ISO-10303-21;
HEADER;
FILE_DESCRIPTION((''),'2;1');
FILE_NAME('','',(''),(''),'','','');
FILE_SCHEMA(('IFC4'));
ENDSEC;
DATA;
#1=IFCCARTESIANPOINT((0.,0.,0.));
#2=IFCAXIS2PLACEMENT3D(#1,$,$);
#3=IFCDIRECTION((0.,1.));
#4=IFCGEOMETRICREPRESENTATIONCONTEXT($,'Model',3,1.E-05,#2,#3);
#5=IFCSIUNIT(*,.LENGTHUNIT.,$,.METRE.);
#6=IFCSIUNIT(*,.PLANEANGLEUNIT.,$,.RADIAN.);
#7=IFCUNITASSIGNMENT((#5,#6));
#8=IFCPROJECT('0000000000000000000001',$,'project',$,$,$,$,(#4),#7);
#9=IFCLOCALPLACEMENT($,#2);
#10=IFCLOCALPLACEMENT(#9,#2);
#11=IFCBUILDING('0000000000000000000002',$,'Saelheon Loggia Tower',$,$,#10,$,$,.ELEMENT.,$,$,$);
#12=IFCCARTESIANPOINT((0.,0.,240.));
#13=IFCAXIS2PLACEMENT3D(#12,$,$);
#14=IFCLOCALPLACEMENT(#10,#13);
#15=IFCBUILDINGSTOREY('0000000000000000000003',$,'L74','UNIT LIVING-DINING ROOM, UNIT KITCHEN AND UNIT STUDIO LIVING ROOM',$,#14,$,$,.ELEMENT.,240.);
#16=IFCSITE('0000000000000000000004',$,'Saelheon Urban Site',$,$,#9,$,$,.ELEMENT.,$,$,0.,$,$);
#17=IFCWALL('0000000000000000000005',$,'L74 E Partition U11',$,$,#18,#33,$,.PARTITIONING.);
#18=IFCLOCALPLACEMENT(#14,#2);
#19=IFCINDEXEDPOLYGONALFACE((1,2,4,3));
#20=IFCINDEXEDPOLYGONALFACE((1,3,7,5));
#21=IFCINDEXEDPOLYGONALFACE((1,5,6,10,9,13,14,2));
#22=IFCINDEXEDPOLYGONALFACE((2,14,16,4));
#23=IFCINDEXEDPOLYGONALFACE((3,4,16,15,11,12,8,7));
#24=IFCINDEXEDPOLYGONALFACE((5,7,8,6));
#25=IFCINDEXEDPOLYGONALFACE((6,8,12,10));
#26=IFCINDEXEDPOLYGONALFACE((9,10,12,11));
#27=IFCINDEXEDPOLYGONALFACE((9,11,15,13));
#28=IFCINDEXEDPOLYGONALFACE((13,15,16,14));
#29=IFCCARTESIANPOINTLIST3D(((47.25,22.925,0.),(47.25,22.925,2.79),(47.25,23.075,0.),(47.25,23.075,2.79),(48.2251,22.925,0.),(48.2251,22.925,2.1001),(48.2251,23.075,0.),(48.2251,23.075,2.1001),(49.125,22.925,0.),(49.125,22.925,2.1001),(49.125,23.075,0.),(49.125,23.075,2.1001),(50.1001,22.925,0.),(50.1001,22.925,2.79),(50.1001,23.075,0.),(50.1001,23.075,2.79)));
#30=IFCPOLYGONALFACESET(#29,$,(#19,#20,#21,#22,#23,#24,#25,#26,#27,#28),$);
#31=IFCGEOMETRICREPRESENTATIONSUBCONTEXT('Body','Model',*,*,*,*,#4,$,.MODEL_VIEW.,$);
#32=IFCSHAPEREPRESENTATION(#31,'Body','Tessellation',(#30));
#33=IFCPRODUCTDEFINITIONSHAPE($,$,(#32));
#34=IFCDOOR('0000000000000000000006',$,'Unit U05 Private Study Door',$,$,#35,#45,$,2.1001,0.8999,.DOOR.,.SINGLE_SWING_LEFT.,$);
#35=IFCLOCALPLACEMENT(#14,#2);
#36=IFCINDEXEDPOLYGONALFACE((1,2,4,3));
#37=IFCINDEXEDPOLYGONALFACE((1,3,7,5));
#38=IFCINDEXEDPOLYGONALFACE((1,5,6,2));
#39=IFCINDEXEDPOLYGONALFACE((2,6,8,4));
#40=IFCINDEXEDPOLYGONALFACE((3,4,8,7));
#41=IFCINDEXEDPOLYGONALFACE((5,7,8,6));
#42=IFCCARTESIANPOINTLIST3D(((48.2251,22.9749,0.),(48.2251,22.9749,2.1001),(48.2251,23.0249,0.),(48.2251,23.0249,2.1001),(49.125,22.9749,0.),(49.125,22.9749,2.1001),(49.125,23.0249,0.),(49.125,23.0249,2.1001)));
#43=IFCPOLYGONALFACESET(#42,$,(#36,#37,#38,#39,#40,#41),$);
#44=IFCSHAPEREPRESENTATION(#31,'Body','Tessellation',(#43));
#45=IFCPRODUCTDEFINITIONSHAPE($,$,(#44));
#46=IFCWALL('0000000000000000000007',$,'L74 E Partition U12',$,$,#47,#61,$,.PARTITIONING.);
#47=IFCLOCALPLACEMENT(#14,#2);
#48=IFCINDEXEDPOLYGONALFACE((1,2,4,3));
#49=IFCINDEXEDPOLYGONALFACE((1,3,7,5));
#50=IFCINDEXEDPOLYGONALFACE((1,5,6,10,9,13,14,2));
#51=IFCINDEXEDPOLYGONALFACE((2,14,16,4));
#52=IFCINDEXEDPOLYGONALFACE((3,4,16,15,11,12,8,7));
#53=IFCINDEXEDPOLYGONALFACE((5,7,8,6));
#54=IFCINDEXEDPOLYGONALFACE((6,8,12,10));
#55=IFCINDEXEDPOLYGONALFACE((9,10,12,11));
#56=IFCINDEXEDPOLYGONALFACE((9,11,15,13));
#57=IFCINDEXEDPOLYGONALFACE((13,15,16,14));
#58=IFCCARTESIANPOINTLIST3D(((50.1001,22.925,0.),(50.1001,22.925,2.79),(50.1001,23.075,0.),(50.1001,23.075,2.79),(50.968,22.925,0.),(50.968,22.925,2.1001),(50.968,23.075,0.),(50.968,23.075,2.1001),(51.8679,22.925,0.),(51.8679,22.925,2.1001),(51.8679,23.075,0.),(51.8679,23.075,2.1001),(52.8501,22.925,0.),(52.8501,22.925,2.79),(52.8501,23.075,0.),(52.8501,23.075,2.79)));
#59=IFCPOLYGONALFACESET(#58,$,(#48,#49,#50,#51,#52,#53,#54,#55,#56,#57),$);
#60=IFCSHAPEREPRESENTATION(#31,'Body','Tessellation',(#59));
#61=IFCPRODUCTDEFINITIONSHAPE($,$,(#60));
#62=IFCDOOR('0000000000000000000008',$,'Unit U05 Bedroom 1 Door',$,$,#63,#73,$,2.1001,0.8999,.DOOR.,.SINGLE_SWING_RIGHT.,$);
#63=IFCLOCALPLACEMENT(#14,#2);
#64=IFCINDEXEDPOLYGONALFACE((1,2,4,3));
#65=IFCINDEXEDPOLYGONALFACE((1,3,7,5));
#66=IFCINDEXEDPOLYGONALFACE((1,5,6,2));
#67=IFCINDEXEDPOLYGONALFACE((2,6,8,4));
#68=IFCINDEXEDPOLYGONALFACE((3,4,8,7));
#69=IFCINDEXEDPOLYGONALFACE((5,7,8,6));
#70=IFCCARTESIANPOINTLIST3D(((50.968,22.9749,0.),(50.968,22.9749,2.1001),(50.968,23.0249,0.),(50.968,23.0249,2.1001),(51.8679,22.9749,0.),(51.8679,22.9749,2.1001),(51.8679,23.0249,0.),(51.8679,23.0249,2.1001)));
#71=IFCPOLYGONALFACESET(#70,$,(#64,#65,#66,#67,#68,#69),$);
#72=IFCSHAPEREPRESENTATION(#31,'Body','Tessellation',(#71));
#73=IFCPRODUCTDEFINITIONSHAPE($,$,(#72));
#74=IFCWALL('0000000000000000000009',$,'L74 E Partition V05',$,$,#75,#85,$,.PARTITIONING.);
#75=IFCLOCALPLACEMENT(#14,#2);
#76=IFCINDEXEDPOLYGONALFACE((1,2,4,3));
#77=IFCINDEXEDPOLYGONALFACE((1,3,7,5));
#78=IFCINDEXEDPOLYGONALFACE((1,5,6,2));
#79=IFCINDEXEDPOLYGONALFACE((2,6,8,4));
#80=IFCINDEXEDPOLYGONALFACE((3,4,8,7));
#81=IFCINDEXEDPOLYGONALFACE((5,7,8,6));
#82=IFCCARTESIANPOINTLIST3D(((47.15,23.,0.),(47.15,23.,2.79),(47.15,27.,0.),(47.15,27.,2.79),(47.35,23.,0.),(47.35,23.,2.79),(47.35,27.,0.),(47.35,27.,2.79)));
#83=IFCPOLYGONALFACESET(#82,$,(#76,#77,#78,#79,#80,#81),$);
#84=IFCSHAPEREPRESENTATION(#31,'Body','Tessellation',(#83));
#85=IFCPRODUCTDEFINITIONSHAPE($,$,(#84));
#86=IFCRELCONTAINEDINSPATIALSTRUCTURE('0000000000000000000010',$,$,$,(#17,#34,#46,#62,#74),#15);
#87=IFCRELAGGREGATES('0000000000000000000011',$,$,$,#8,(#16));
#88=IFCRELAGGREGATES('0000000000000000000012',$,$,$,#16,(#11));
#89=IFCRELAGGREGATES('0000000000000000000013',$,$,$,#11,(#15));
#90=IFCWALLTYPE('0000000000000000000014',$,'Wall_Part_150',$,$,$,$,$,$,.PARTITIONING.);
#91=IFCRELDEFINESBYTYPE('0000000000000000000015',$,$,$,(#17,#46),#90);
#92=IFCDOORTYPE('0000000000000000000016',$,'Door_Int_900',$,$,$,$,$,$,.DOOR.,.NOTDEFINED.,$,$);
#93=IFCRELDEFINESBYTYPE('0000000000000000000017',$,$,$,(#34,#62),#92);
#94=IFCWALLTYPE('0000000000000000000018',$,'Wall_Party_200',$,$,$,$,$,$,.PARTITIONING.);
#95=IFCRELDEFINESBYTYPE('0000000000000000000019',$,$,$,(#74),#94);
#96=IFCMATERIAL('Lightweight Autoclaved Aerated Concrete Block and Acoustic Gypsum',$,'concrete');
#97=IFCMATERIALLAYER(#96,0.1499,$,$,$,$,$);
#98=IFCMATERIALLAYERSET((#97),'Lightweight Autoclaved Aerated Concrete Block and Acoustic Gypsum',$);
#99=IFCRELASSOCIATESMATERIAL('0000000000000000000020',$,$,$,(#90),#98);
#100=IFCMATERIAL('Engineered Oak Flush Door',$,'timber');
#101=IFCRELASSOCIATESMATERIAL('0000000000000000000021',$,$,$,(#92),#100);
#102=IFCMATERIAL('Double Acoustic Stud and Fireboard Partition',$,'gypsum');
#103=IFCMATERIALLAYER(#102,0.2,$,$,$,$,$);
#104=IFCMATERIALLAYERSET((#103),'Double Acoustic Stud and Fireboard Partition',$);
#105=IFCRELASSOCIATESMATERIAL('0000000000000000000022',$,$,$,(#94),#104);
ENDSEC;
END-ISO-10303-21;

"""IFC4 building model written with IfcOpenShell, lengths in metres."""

from ifc_helpers import new_model, si_unit, direction, frame, frame_2d, origin, place, context, subcontext, project, spatial, rectangle, extrude, source, transform, mapped, material, layer, layer_set, type_object, element, fill, save


model = new_model("IFC4")

# Units and contexts
model_context = context("Model", 3, precision=1e-05, world=origin(), true_north=direction((0.0, 1.0)))
body_context = subcontext(model_context, "Body", "Model", "MODEL_VIEW")
ifc_project = project(units=[si_unit("LENGTHUNIT", "METRE"), si_unit("PLANEANGLEUNIT", "RADIAN")], contexts=[model_context])

# Site, building, storey
site_placement = place(None, origin())
site = spatial("IfcSite", under=ifc_project, at=site_placement, Name="Saelheon Urban Site", CompositionType="ELEMENT", RefElevation=0.0)
building_placement = place(site_placement, origin())
building = spatial("IfcBuilding", under=site, at=building_placement, Name="Saelheon Loggia Tower", CompositionType="ELEMENT")
storey_placement = place(building_placement, frame((0.0, 0.0, 240.0)))
storey = spatial("IfcBuildingStorey", under=building, at=storey_placement, Name="L74", Description="UNIT LIVING-DINING ROOM, UNIT KITCHEN AND UNIT STUDIO LIVING ROOM", CompositionType="ELEMENT", Elevation=240.0)

# Shared definitions
ifc_material_1 = material(Name="Lightweight Autoclaved Aerated Concrete Block and Acoustic Gypsum", Category="concrete")
ifc_layer_1 = layer(ifc_material_1, 0.1499)
ifc_layer_set_1 = layer_set([ifc_layer_1], Name="Lightweight Autoclaved Aerated Concrete Block and Acoustic Gypsum")
wall_type_1 = type_object("IfcWallType", Name="Wall_Part_150", PredefinedType="PARTITIONING", material=ifc_layer_set_1)

# Walls, openings, doors
wall_1_placement = place(storey_placement, frame((47.25, 23.0, 0.0), z_axis=(0.0, 0.0, 1.0), x_axis=(1.0, 0.0, 0.0)))
wall_1 = element("IfcWall", 1, at=wall_1_placement, inside=storey, type_object=wall_type_1, Name="L74 E Partition U11", PredefinedType="PARTITIONING", context=body_context, shape_type="SweptSolid", body=[
    extrude(rectangle(XDim=2.8501, YDim=0.1499, at=frame_2d((1.425, 0.0))), origin(), (0.0, 0.0, 1.0), 2.79),
])
opening_1_placement = place(wall_1_placement, frame((0.9751, 0.0, 0.0)))
opening_1 = element("IfcOpeningElement", 2, at=opening_1_placement, cuts=wall_1, PredefinedType="OPENING", context=body_context, shape_type="SweptSolid", body=[
    extrude(rectangle(XDim=0.8999, YDim=2.1001, at=frame_2d((0.45, 1.05))), frame((0.0, 0.0869, 0.0), z_axis=(0.0, -1.0, 0.0), x_axis=(1.0, 0.0, 0.0)), (0.0, 0.0, 1.0), 0.1738),
])
ifc_material_2 = material(Name="Engineered Oak Flush Door", Category="timber")
door_type = type_object("IfcDoorType", Name="Door_Int_900", OperationType="NOTDEFINED", PredefinedType="DOOR", material=ifc_material_2)
shared_shape_1 = source(origin(), body_context, "Body", "SweptSolid", [
    extrude(rectangle(XDim=0.8999, YDim=2.1001, at=frame_2d((0.45, 1.05))), frame((0.0, 0.0249, 0.0), z_axis=(0.0, -1.0, 0.0), x_axis=(1.0, 0.0, 0.0)), (0.0, 0.0, 1.0), 0.05),
])
door_1_placement = place(opening_1_placement, origin())
door_1 = element("IfcDoor", 3, at=door_1_placement, inside=storey, type_object=door_type, Name="Unit U05 Private Study Door", OperationType="SINGLE_SWING_LEFT", OverallHeight=2.1001, OverallWidth=0.8999, PredefinedType="DOOR", context=body_context, shape_type="MappedRepresentation", body=[
    mapped(shared_shape_1, transform((0.0, 0.0, 0.0), scale=1.0)),
])
fill(opening_1, door_1)
wall_2_placement = place(storey_placement, frame((50.1001, 23.0, 0.0), z_axis=(0.0, 0.0, 1.0), x_axis=(1.0, 0.0, 0.0)))
wall_2 = element("IfcWall", 4, at=wall_2_placement, inside=storey, type_object=wall_type_1, Name="L74 E Partition U12", PredefinedType="PARTITIONING", context=body_context, shape_type="SweptSolid", body=[
    extrude(rectangle(XDim=2.75, YDim=0.1499, at=frame_2d((1.375, 0.0))), origin(), (0.0, 0.0, 1.0), 2.79),
])
opening_2_placement = place(wall_2_placement, frame((0.8679, 0.0, 0.0)))
opening_2 = element("IfcOpeningElement", 5, at=opening_2_placement, cuts=wall_2, PredefinedType="OPENING", context=body_context, shape_type="SweptSolid", body=[
    extrude(rectangle(XDim=0.8999, YDim=2.1001, at=frame_2d((0.45, 1.05))), frame((0.0, 0.0869, 0.0), z_axis=(0.0, -1.0, 0.0), x_axis=(1.0, 0.0, 0.0)), (0.0, 0.0, 1.0), 0.1738),
])
door_2_placement = place(opening_2_placement, origin())
door_2 = element("IfcDoor", 6, at=door_2_placement, inside=storey, type_object=door_type, Name="Unit U05 Bedroom 1 Door", OperationType="SINGLE_SWING_RIGHT", OverallHeight=2.1001, OverallWidth=0.8999, PredefinedType="DOOR", context=body_context, shape_type="MappedRepresentation", body=[
    mapped(shared_shape_1, transform((0.0, 0.0, 0.0), scale=1.0)),
])
fill(opening_2, door_2)

# Wall
ifc_material_3 = material(Name="Double Acoustic Stud and Fireboard Partition", Category="gypsum")
ifc_layer_2 = layer(ifc_material_3, 0.2)
ifc_layer_set_2 = layer_set([ifc_layer_2], Name="Double Acoustic Stud and Fireboard Partition")
wall_type_2 = type_object("IfcWallType", Name="Wall_Party_200", PredefinedType="PARTITIONING", material=ifc_layer_set_2)
wall_3_placement = place(storey_placement, frame((47.25, 23.0, 0.0), z_axis=(0.0, 0.0, 1.0), x_axis=(0.0, 1.0, 0.0)))
element("IfcWall", 7, at=wall_3_placement, inside=storey, type_object=wall_type_2, Name="L74 E Partition V05", PredefinedType="PARTITIONING", context=body_context, shape_type="SweptSolid", body=[
    extrude(rectangle(XDim=4.0, YDim=0.2, at=frame_2d((2.0, 0.0))), origin(), (0.0, 0.0, 1.0), 2.79),
])

save(model, "model.ifc")
